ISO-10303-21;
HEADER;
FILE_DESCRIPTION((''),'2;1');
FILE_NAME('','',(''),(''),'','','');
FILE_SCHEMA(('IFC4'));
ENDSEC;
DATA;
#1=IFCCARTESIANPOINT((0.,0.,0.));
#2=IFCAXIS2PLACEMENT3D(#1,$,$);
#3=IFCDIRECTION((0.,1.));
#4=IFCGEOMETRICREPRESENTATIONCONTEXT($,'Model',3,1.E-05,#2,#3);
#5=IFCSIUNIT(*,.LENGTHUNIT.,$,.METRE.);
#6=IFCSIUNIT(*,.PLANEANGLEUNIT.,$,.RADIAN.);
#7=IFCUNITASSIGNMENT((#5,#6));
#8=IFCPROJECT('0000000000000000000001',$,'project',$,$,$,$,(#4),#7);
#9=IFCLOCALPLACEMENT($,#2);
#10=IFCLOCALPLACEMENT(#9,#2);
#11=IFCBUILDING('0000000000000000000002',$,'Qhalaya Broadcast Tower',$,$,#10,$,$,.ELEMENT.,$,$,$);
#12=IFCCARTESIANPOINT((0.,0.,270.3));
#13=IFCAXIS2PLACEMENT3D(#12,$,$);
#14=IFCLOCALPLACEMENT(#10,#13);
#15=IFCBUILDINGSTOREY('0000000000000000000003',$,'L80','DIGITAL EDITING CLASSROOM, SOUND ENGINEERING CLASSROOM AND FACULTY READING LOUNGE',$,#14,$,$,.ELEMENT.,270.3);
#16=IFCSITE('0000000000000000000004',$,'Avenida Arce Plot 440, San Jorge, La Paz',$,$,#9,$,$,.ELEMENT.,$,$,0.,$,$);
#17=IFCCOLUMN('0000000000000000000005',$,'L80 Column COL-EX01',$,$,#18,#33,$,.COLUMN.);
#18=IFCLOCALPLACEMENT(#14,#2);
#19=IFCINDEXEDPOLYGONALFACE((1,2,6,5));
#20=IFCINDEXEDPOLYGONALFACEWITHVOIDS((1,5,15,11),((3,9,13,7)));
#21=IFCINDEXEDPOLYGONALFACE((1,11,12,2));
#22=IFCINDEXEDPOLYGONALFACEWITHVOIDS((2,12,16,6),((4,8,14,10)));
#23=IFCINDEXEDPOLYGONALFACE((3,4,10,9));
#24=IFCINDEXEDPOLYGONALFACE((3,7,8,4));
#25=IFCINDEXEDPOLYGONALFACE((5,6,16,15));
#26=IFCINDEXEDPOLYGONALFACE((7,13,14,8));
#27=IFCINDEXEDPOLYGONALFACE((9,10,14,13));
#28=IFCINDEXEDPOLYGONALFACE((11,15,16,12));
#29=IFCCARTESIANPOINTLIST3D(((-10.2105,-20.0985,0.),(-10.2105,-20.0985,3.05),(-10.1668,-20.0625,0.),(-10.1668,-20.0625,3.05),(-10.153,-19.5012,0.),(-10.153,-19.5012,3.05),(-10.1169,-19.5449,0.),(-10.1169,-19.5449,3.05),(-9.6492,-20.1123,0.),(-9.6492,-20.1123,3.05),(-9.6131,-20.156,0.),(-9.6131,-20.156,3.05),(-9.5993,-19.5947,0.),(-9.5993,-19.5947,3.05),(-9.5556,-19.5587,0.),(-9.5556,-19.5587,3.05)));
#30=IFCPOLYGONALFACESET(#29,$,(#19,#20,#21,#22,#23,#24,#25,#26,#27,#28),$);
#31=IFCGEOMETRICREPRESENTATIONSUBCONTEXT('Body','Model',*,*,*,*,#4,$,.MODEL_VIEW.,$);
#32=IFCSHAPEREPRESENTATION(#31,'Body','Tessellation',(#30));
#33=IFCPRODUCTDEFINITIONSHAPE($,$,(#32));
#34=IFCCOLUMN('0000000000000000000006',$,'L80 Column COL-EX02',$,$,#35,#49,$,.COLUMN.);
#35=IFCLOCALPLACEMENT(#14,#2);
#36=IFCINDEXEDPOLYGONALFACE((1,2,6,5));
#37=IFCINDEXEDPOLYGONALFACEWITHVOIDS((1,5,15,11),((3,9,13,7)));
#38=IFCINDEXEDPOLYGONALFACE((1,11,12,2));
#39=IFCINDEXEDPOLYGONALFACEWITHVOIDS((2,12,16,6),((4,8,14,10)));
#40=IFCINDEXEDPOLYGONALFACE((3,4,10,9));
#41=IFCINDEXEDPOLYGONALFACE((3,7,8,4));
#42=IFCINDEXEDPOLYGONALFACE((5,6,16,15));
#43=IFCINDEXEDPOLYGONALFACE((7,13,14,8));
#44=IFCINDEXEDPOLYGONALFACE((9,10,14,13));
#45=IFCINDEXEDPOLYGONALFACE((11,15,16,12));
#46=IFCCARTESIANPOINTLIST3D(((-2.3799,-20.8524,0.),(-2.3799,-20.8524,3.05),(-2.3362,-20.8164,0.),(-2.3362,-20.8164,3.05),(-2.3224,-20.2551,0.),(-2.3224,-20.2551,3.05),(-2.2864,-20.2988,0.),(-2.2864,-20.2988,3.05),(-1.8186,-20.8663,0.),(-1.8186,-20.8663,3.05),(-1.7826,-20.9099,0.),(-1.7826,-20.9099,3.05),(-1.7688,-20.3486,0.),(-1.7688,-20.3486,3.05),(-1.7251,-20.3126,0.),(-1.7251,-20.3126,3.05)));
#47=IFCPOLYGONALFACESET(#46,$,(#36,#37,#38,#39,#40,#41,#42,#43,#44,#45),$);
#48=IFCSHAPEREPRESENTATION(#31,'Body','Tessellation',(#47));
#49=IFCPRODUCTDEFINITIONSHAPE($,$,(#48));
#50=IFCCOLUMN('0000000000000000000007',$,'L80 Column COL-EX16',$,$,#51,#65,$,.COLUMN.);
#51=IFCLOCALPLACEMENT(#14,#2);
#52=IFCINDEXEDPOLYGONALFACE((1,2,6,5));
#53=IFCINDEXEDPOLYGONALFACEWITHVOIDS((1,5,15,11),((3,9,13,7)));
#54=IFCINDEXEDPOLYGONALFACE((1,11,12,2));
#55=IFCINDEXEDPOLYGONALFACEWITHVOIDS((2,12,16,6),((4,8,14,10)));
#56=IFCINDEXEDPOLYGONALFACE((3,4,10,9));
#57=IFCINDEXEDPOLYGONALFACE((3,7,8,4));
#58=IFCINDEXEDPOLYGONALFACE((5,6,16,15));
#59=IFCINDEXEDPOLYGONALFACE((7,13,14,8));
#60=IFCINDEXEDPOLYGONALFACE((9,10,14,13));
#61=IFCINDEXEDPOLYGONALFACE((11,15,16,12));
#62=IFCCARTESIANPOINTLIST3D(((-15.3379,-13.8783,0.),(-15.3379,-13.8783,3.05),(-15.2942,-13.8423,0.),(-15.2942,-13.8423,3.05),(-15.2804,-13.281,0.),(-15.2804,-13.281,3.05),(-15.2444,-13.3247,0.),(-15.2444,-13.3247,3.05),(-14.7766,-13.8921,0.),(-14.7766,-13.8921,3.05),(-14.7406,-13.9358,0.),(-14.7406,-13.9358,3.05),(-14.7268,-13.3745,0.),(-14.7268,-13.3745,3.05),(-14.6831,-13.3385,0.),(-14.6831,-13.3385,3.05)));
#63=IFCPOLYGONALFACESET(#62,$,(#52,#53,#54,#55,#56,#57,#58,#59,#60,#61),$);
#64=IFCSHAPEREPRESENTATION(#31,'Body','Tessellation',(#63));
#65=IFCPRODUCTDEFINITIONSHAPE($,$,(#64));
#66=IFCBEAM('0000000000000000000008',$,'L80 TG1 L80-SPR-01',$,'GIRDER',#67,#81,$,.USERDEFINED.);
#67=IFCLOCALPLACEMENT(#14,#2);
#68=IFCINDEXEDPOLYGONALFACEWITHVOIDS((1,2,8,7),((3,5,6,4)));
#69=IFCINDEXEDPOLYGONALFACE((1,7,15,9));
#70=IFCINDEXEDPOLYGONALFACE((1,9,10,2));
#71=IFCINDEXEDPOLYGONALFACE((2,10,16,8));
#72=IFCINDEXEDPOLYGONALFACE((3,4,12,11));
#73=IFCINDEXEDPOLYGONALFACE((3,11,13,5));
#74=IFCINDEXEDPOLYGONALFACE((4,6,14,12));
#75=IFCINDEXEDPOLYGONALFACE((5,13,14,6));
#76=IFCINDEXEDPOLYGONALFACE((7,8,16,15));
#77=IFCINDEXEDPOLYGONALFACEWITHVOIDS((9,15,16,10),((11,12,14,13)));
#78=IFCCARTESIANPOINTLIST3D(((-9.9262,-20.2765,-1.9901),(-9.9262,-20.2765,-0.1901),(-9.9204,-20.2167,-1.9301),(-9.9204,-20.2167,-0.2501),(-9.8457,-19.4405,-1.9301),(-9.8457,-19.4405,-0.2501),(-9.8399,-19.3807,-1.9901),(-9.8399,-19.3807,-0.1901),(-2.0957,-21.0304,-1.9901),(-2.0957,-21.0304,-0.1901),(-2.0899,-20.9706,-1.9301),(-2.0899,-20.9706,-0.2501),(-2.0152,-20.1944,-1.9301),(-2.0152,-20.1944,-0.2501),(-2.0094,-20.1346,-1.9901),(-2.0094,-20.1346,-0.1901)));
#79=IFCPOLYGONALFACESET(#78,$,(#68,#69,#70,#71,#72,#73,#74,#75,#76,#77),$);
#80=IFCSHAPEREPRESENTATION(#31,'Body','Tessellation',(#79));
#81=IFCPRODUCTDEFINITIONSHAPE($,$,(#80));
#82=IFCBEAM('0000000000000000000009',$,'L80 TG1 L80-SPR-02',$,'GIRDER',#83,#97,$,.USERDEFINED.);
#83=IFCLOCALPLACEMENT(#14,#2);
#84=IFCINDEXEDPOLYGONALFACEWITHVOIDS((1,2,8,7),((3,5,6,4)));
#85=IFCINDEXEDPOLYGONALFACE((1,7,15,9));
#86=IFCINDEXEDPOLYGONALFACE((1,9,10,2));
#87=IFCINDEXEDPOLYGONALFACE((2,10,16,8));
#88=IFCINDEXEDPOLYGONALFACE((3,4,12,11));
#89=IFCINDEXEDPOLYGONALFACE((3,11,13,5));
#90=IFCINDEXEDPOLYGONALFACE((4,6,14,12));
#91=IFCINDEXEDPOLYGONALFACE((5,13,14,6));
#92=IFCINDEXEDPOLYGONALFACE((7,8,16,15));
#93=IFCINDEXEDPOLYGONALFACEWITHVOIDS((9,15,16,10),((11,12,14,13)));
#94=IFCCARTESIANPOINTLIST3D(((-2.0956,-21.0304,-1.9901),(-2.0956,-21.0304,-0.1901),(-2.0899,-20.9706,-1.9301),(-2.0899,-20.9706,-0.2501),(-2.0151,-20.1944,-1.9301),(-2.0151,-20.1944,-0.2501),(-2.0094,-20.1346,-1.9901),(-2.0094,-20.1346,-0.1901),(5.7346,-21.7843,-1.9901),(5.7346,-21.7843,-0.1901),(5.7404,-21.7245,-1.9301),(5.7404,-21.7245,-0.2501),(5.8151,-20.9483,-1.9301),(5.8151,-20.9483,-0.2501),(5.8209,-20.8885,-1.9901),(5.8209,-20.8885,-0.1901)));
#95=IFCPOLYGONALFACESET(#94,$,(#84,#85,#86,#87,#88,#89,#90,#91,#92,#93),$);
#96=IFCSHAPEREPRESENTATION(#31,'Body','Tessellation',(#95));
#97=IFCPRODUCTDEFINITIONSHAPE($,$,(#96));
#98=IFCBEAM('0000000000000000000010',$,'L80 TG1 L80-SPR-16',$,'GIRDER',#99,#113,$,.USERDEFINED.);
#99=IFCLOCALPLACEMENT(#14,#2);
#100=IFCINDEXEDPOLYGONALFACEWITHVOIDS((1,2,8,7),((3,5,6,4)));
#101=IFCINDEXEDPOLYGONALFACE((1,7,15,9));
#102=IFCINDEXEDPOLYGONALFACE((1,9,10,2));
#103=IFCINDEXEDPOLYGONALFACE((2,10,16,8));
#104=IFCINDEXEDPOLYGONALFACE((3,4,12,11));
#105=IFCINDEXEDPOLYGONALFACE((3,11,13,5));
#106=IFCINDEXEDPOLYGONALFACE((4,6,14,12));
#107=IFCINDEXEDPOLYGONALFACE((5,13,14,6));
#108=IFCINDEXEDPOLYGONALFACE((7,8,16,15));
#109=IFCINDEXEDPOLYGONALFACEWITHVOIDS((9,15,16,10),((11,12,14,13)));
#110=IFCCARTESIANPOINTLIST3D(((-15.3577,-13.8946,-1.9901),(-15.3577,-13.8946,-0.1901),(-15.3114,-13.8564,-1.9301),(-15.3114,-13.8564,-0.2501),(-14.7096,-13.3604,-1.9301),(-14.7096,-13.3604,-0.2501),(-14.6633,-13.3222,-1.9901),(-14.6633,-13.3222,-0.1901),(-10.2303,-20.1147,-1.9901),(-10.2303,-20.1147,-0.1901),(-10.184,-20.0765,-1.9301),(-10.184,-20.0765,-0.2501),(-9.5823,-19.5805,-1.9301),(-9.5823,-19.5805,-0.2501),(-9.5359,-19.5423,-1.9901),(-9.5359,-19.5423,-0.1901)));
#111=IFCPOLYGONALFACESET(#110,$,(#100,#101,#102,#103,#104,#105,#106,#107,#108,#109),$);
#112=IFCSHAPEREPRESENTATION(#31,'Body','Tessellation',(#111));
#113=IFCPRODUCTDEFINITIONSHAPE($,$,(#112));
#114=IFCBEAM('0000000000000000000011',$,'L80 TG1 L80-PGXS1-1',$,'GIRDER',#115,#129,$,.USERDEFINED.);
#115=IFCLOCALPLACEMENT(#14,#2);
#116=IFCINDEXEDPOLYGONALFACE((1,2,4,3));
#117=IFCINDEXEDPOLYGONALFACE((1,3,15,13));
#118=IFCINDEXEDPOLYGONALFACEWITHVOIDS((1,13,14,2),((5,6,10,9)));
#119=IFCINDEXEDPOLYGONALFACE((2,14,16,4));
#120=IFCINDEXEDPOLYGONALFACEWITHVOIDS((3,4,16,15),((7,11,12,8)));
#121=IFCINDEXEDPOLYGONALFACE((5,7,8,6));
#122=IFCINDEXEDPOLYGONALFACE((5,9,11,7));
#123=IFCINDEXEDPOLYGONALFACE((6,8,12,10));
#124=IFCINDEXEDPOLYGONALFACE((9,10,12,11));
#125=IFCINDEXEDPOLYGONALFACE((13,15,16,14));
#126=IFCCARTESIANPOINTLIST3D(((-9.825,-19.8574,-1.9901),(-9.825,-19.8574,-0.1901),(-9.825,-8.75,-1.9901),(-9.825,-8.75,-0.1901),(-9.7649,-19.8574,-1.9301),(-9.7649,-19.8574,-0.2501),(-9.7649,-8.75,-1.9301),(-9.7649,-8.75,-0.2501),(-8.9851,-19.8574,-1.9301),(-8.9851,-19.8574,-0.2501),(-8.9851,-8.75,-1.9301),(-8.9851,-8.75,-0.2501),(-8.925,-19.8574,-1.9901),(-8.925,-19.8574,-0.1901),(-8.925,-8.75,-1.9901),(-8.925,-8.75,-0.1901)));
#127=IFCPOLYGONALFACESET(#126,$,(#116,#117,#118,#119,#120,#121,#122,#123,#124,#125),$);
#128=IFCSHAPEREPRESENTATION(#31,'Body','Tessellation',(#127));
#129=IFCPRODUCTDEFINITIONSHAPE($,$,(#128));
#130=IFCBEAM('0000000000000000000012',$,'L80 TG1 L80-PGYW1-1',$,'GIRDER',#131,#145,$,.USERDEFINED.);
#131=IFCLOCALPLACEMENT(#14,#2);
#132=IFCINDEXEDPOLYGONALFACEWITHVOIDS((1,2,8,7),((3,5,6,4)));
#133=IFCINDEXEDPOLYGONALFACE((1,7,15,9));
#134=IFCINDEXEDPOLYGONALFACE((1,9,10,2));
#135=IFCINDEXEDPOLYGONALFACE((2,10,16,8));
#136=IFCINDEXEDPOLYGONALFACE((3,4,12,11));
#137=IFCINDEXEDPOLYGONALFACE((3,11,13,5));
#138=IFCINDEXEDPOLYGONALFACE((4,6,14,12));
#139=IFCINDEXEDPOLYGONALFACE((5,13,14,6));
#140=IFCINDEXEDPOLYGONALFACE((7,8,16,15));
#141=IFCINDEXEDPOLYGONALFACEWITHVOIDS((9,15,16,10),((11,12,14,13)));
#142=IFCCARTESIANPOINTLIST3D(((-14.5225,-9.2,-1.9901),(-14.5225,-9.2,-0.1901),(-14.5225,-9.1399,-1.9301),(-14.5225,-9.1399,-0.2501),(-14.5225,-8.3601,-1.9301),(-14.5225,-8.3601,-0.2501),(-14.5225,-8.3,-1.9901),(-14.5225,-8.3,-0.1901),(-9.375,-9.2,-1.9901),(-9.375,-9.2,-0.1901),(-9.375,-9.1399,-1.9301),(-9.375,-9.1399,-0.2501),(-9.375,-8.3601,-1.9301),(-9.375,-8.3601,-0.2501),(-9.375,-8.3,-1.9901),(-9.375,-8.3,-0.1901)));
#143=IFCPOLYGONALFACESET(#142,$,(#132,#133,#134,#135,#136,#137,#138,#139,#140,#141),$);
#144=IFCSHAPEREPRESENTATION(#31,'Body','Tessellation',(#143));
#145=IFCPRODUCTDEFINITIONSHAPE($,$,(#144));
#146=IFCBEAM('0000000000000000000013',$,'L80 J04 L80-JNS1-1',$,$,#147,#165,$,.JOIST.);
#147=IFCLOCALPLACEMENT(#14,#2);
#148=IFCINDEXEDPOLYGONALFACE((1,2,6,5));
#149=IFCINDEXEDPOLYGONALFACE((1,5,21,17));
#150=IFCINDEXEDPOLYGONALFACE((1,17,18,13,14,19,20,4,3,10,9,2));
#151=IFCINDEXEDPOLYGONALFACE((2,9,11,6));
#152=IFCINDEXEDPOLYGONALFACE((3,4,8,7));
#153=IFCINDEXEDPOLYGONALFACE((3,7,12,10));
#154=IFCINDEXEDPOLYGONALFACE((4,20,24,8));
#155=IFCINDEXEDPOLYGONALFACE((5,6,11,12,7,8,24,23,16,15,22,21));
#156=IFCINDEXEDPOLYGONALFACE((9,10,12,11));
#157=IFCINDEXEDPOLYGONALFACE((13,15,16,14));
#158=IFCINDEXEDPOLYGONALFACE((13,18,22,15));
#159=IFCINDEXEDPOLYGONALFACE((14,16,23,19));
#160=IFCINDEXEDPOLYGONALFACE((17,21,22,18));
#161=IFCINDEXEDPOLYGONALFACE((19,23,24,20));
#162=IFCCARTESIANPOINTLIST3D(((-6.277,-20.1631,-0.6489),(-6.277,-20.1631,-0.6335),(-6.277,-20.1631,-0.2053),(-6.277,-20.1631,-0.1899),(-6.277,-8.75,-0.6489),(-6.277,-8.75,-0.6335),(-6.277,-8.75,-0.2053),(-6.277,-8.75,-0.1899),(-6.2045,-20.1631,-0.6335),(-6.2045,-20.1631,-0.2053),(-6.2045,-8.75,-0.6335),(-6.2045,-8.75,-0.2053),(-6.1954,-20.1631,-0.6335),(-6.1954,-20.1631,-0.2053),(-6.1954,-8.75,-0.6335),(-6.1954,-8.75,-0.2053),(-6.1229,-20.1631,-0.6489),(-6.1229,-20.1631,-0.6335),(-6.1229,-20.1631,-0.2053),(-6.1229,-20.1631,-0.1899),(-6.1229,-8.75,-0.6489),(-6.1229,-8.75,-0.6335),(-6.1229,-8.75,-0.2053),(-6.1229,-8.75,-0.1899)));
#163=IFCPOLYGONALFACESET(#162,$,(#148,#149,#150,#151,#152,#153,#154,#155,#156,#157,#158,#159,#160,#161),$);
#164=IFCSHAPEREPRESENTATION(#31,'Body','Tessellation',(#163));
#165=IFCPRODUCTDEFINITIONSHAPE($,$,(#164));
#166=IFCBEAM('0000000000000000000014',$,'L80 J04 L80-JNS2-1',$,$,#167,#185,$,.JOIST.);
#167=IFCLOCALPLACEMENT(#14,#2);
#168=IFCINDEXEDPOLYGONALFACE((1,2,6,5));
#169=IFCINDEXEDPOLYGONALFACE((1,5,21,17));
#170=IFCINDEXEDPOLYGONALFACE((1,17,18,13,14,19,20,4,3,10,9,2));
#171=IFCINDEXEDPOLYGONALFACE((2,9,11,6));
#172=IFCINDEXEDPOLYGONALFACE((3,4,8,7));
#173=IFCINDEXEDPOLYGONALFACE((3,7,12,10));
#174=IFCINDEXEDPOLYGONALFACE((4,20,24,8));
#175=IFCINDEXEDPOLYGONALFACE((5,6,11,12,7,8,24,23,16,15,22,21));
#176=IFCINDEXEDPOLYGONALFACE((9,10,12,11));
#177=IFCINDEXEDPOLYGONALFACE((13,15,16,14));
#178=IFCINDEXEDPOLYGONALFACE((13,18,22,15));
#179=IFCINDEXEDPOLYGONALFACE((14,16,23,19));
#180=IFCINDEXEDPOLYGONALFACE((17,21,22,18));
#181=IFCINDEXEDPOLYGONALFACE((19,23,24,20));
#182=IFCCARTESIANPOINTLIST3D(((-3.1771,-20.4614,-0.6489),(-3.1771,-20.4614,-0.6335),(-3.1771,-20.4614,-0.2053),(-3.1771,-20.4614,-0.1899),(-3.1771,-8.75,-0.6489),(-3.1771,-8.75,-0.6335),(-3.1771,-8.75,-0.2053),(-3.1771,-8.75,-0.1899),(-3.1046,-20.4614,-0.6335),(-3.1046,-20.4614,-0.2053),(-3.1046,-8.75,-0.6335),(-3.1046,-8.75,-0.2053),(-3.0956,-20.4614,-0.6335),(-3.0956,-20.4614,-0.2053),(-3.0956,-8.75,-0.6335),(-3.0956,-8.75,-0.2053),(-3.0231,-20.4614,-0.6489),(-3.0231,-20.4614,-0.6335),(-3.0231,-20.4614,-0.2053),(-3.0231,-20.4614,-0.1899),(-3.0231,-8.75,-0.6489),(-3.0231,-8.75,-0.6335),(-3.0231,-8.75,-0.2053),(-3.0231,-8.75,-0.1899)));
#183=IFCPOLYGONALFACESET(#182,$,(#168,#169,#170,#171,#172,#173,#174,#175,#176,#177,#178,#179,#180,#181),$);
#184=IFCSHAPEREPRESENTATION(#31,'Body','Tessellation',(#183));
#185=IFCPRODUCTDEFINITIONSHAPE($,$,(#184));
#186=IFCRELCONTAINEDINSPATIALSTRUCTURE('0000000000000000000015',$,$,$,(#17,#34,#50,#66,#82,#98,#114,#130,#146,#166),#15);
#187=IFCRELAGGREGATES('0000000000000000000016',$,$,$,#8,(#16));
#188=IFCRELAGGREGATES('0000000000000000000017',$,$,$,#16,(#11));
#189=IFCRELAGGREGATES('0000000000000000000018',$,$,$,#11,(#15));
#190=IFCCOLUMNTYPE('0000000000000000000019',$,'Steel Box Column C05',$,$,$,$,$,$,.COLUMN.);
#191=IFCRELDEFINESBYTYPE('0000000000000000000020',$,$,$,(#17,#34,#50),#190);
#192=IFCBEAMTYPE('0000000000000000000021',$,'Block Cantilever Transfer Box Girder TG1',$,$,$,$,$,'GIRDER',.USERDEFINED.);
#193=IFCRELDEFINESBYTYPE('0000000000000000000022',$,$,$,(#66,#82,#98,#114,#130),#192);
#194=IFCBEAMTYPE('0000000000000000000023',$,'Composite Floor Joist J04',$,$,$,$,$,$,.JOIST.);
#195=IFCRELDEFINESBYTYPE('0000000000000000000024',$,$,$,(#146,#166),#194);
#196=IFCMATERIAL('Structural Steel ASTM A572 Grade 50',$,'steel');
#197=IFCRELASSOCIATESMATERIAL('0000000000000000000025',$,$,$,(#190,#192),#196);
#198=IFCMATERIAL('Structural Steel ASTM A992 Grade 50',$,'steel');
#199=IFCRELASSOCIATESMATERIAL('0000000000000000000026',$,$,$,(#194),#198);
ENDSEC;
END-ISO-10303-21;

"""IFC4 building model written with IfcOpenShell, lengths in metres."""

from ifc_helpers import new_model, si_unit, direction, frame, origin, origin_2d, place, context, subcontext, project, spatial, hollow_rectangle, i_section, extrude, material, material_profile, profile_set, type_object, element, save


model = new_model("IFC4")

# Units and contexts
model_context = context("Model", 3, precision=1e-05, world=origin(), true_north=direction((0.0, 1.0)))
body_context = subcontext(model_context, "Body", "Model", "MODEL_VIEW")
ifc_project = project(units=[si_unit("LENGTHUNIT", "METRE"), si_unit("PLANEANGLEUNIT", "RADIAN")], contexts=[model_context])

# Site, building, storey
site_placement = place(None, origin())
site = spatial("IfcSite", under=ifc_project, at=site_placement, Name="Avenida Arce Plot 440, San Jorge, La Paz", CompositionType="ELEMENT", RefElevation=0.0)
building_placement = place(site_placement, origin())
building = spatial("IfcBuilding", under=site, at=building_placement, Name="Qhalaya Broadcast Tower", CompositionType="ELEMENT")
storey_placement = place(building_placement, frame((0.0, 0.0, 270.3)))
storey = spatial("IfcBuildingStorey", under=building, at=storey_placement, Name="L80", Description="DIGITAL EDITING CLASSROOM, SOUND ENGINEERING CLASSROOM AND FACULTY READING LOUNGE", CompositionType="ELEMENT", Elevation=270.3)

# Columns
ifc_material_1 = material(Name="Structural Steel ASTM A572 Grade 50", Category="steel")
ifc_material_profile_1 = material_profile(ifc_material_1, hollow_rectangle(XDim=0.6001, YDim=0.6001, WallThickness=0.04, at=origin_2d()), Name="BOX 600x600x40")
ifc_profile_set_1 = profile_set([ifc_material_profile_1], Name="Structural Steel ASTM A572 Grade 50")
column_type = type_object("IfcColumnType", Name="Steel Box Column C05", PredefinedType="COLUMN", material=ifc_profile_set_1)
for number, where, z_axis, x_axis, name in (
    (1, (-9.8831, -19.8286, 0.0), (0.0, 0.0, 1.0), (0.995396, -0.095846, 0.0), "L80 Column COL-EX01"),
    (2, (-2.0525, -20.5825, 0.0), (0.0, 0.0, 1.0), (0.995396, -0.095846, 0.0), "L80 Column COL-EX02"),
    (3, (-15.0105, -13.6084, 0.0), (0.0, 0.0, 1.0), (0.095846, 0.995396, 0.0), "L80 Column COL-EX16"),
):
    element("IfcColumn", number, at=place(storey_placement, frame(where, z_axis=z_axis, x_axis=x_axis)), inside=storey, type_object=column_type, Name=name, PredefinedType="COLUMN", context=body_context, shape_type="SweptSolid", body=[
        extrude(hollow_rectangle(XDim=0.6001, YDim=0.6001, WallThickness=0.04, at=origin_2d()), origin(), (0.0, 0.0, 1.0), 3.05),
    ])

# Beams
ifc_material_profile_2 = material_profile(ifc_material_1, hollow_rectangle(XDim=0.8999, YDim=1.8, WallThickness=0.0601, at=origin_2d()), Name="BOX 900x1800x60")
ifc_profile_set_2 = profile_set([ifc_material_profile_2], Name="Structural Steel ASTM A572 Grade 50")
beam_type_1 = type_object("IfcBeamType", Name="Block Cantilever Transfer Box Girder TG1", ElementType="GIRDER", PredefinedType="USERDEFINED", material=ifc_profile_set_2)
beam_1_placement = place(storey_placement, frame((-9.8831, -19.8286, -1.0901), z_axis=(0.995397, -0.095834, 0.0), x_axis=(0.095834, 0.995397, 0.0)))
element("IfcBeam", 4, at=beam_1_placement, inside=storey, type_object=beam_type_1, Name="L80 TG1 L80-SPR-01", ObjectType="GIRDER", PredefinedType="USERDEFINED", context=body_context, shape_type="SweptSolid", body=[
    extrude(hollow_rectangle(XDim=0.8999, YDim=1.8, WallThickness=0.0601, at=origin_2d()), origin(), (0.0, 0.0, 1.0), 7.8667),
])
beam_2_placement = place(storey_placement, frame((-2.0525, -20.5825, -1.0901), z_axis=(0.995397, -0.095837, 0.0), x_axis=(0.095837, 0.995397, 0.0)))
element("IfcBeam", 5, at=beam_2_placement, inside=storey, type_object=beam_type_1, Name="L80 TG1 L80-SPR-02", ObjectType="GIRDER", PredefinedType="USERDEFINED", context=body_context, shape_type="SweptSolid", body=[
    extrude(hollow_rectangle(XDim=0.8999, YDim=1.8, WallThickness=0.0601, at=origin_2d()), origin(), (0.0, 0.0, 1.0), 7.8665),
])
beam_3_placement = place(storey_placement, frame((-15.0105, -13.6084, -1.0901), z_axis=(0.63607, -0.771631, 0.0), x_axis=(0.771631, 0.63607, 0.0)))
element("IfcBeam", 6, at=beam_3_placement, inside=storey, type_object=beam_type_1, Name="L80 TG1 L80-SPR-16", ObjectType="GIRDER", PredefinedType="USERDEFINED", context=body_context, shape_type="SweptSolid", body=[
    extrude(hollow_rectangle(XDim=0.8999, YDim=1.8, WallThickness=0.0601, at=origin_2d()), origin(), (0.0, 0.0, 1.0), 8.061),
])
beam_4_placement = place(storey_placement, frame((-9.375, -19.8574, -1.0901), z_axis=(0.0, 1.0, 0.0), x_axis=(-1.0, 0.0, 0.0)))
element("IfcBeam", 7, at=beam_4_placement, inside=storey, type_object=beam_type_1, Name="L80 TG1 L80-PGXS1-1", ObjectType="GIRDER", PredefinedType="USERDEFINED", context=body_context, shape_type="SweptSolid", body=[
    extrude(hollow_rectangle(XDim=0.8999, YDim=1.8, WallThickness=0.0601, at=origin_2d()), origin(), (0.0, 0.0, 1.0), 11.1074),
])
beam_5_placement = place(storey_placement, frame((-14.5225, -8.75, -1.0901), z_axis=(1.0, 0.0, 0.0), x_axis=(0.0, 1.0, 0.0)))
element("IfcBeam", 8, at=beam_5_placement, inside=storey, type_object=beam_type_1, Name="L80 TG1 L80-PGYW1-1", ObjectType="GIRDER", PredefinedType="USERDEFINED", context=body_context, shape_type="SweptSolid", body=[
    extrude(hollow_rectangle(XDim=0.8999, YDim=1.8, WallThickness=0.0601, at=origin_2d()), origin(), (0.0, 0.0, 1.0), 5.1475),
])
ifc_material_2 = material(Name="Structural Steel ASTM A992 Grade 50", Category="steel")
ifc_material_profile_3 = material_profile(ifc_material_2, i_section(OverallWidth=0.1541, OverallDepth=0.459, WebThickness=0.009, FlangeThickness=0.0154, at=origin_2d()), Name="W18X46")
ifc_profile_set_3 = profile_set([ifc_material_profile_3], Name="Structural Steel ASTM A992 Grade 50")
beam_type_2 = type_object("IfcBeamType", Name="Composite Floor Joist J04", PredefinedType="JOIST", material=ifc_profile_set_3)
beam_6_placement = place(storey_placement, frame((-6.2, -20.1631, -0.4194), z_axis=(0.0, 1.0, 0.0), x_axis=(-1.0, 0.0, 0.0)))
element("IfcBeam", 9, at=beam_6_placement, inside=storey, type_object=beam_type_2, Name="L80 J04 L80-JNS1-1", PredefinedType="JOIST", context=body_context, shape_type="SweptSolid", body=[
    extrude(i_section(OverallWidth=0.1541, OverallDepth=0.459, WebThickness=0.009, FlangeThickness=0.0154, at=origin_2d()), origin(), (0.0, 0.0, 1.0), 11.4131),
])
beam_7_placement = place(storey_placement, frame((-3.1001, -20.4614, -0.4194), z_axis=(0.0, 1.0, 0.0), x_axis=(-1.0, 0.0, 0.0)))
element("IfcBeam", 10, at=beam_7_placement, inside=storey, type_object=beam_type_2, Name="L80 J04 L80-JNS2-1", PredefinedType="JOIST", context=body_context, shape_type="SweptSolid", body=[
    extrude(i_section(OverallWidth=0.1541, OverallDepth=0.459, WebThickness=0.009, FlangeThickness=0.0154, at=origin_2d()), origin(), (0.0, 0.0, 1.0), 11.7114),
])

save(model, "model.ifc")
